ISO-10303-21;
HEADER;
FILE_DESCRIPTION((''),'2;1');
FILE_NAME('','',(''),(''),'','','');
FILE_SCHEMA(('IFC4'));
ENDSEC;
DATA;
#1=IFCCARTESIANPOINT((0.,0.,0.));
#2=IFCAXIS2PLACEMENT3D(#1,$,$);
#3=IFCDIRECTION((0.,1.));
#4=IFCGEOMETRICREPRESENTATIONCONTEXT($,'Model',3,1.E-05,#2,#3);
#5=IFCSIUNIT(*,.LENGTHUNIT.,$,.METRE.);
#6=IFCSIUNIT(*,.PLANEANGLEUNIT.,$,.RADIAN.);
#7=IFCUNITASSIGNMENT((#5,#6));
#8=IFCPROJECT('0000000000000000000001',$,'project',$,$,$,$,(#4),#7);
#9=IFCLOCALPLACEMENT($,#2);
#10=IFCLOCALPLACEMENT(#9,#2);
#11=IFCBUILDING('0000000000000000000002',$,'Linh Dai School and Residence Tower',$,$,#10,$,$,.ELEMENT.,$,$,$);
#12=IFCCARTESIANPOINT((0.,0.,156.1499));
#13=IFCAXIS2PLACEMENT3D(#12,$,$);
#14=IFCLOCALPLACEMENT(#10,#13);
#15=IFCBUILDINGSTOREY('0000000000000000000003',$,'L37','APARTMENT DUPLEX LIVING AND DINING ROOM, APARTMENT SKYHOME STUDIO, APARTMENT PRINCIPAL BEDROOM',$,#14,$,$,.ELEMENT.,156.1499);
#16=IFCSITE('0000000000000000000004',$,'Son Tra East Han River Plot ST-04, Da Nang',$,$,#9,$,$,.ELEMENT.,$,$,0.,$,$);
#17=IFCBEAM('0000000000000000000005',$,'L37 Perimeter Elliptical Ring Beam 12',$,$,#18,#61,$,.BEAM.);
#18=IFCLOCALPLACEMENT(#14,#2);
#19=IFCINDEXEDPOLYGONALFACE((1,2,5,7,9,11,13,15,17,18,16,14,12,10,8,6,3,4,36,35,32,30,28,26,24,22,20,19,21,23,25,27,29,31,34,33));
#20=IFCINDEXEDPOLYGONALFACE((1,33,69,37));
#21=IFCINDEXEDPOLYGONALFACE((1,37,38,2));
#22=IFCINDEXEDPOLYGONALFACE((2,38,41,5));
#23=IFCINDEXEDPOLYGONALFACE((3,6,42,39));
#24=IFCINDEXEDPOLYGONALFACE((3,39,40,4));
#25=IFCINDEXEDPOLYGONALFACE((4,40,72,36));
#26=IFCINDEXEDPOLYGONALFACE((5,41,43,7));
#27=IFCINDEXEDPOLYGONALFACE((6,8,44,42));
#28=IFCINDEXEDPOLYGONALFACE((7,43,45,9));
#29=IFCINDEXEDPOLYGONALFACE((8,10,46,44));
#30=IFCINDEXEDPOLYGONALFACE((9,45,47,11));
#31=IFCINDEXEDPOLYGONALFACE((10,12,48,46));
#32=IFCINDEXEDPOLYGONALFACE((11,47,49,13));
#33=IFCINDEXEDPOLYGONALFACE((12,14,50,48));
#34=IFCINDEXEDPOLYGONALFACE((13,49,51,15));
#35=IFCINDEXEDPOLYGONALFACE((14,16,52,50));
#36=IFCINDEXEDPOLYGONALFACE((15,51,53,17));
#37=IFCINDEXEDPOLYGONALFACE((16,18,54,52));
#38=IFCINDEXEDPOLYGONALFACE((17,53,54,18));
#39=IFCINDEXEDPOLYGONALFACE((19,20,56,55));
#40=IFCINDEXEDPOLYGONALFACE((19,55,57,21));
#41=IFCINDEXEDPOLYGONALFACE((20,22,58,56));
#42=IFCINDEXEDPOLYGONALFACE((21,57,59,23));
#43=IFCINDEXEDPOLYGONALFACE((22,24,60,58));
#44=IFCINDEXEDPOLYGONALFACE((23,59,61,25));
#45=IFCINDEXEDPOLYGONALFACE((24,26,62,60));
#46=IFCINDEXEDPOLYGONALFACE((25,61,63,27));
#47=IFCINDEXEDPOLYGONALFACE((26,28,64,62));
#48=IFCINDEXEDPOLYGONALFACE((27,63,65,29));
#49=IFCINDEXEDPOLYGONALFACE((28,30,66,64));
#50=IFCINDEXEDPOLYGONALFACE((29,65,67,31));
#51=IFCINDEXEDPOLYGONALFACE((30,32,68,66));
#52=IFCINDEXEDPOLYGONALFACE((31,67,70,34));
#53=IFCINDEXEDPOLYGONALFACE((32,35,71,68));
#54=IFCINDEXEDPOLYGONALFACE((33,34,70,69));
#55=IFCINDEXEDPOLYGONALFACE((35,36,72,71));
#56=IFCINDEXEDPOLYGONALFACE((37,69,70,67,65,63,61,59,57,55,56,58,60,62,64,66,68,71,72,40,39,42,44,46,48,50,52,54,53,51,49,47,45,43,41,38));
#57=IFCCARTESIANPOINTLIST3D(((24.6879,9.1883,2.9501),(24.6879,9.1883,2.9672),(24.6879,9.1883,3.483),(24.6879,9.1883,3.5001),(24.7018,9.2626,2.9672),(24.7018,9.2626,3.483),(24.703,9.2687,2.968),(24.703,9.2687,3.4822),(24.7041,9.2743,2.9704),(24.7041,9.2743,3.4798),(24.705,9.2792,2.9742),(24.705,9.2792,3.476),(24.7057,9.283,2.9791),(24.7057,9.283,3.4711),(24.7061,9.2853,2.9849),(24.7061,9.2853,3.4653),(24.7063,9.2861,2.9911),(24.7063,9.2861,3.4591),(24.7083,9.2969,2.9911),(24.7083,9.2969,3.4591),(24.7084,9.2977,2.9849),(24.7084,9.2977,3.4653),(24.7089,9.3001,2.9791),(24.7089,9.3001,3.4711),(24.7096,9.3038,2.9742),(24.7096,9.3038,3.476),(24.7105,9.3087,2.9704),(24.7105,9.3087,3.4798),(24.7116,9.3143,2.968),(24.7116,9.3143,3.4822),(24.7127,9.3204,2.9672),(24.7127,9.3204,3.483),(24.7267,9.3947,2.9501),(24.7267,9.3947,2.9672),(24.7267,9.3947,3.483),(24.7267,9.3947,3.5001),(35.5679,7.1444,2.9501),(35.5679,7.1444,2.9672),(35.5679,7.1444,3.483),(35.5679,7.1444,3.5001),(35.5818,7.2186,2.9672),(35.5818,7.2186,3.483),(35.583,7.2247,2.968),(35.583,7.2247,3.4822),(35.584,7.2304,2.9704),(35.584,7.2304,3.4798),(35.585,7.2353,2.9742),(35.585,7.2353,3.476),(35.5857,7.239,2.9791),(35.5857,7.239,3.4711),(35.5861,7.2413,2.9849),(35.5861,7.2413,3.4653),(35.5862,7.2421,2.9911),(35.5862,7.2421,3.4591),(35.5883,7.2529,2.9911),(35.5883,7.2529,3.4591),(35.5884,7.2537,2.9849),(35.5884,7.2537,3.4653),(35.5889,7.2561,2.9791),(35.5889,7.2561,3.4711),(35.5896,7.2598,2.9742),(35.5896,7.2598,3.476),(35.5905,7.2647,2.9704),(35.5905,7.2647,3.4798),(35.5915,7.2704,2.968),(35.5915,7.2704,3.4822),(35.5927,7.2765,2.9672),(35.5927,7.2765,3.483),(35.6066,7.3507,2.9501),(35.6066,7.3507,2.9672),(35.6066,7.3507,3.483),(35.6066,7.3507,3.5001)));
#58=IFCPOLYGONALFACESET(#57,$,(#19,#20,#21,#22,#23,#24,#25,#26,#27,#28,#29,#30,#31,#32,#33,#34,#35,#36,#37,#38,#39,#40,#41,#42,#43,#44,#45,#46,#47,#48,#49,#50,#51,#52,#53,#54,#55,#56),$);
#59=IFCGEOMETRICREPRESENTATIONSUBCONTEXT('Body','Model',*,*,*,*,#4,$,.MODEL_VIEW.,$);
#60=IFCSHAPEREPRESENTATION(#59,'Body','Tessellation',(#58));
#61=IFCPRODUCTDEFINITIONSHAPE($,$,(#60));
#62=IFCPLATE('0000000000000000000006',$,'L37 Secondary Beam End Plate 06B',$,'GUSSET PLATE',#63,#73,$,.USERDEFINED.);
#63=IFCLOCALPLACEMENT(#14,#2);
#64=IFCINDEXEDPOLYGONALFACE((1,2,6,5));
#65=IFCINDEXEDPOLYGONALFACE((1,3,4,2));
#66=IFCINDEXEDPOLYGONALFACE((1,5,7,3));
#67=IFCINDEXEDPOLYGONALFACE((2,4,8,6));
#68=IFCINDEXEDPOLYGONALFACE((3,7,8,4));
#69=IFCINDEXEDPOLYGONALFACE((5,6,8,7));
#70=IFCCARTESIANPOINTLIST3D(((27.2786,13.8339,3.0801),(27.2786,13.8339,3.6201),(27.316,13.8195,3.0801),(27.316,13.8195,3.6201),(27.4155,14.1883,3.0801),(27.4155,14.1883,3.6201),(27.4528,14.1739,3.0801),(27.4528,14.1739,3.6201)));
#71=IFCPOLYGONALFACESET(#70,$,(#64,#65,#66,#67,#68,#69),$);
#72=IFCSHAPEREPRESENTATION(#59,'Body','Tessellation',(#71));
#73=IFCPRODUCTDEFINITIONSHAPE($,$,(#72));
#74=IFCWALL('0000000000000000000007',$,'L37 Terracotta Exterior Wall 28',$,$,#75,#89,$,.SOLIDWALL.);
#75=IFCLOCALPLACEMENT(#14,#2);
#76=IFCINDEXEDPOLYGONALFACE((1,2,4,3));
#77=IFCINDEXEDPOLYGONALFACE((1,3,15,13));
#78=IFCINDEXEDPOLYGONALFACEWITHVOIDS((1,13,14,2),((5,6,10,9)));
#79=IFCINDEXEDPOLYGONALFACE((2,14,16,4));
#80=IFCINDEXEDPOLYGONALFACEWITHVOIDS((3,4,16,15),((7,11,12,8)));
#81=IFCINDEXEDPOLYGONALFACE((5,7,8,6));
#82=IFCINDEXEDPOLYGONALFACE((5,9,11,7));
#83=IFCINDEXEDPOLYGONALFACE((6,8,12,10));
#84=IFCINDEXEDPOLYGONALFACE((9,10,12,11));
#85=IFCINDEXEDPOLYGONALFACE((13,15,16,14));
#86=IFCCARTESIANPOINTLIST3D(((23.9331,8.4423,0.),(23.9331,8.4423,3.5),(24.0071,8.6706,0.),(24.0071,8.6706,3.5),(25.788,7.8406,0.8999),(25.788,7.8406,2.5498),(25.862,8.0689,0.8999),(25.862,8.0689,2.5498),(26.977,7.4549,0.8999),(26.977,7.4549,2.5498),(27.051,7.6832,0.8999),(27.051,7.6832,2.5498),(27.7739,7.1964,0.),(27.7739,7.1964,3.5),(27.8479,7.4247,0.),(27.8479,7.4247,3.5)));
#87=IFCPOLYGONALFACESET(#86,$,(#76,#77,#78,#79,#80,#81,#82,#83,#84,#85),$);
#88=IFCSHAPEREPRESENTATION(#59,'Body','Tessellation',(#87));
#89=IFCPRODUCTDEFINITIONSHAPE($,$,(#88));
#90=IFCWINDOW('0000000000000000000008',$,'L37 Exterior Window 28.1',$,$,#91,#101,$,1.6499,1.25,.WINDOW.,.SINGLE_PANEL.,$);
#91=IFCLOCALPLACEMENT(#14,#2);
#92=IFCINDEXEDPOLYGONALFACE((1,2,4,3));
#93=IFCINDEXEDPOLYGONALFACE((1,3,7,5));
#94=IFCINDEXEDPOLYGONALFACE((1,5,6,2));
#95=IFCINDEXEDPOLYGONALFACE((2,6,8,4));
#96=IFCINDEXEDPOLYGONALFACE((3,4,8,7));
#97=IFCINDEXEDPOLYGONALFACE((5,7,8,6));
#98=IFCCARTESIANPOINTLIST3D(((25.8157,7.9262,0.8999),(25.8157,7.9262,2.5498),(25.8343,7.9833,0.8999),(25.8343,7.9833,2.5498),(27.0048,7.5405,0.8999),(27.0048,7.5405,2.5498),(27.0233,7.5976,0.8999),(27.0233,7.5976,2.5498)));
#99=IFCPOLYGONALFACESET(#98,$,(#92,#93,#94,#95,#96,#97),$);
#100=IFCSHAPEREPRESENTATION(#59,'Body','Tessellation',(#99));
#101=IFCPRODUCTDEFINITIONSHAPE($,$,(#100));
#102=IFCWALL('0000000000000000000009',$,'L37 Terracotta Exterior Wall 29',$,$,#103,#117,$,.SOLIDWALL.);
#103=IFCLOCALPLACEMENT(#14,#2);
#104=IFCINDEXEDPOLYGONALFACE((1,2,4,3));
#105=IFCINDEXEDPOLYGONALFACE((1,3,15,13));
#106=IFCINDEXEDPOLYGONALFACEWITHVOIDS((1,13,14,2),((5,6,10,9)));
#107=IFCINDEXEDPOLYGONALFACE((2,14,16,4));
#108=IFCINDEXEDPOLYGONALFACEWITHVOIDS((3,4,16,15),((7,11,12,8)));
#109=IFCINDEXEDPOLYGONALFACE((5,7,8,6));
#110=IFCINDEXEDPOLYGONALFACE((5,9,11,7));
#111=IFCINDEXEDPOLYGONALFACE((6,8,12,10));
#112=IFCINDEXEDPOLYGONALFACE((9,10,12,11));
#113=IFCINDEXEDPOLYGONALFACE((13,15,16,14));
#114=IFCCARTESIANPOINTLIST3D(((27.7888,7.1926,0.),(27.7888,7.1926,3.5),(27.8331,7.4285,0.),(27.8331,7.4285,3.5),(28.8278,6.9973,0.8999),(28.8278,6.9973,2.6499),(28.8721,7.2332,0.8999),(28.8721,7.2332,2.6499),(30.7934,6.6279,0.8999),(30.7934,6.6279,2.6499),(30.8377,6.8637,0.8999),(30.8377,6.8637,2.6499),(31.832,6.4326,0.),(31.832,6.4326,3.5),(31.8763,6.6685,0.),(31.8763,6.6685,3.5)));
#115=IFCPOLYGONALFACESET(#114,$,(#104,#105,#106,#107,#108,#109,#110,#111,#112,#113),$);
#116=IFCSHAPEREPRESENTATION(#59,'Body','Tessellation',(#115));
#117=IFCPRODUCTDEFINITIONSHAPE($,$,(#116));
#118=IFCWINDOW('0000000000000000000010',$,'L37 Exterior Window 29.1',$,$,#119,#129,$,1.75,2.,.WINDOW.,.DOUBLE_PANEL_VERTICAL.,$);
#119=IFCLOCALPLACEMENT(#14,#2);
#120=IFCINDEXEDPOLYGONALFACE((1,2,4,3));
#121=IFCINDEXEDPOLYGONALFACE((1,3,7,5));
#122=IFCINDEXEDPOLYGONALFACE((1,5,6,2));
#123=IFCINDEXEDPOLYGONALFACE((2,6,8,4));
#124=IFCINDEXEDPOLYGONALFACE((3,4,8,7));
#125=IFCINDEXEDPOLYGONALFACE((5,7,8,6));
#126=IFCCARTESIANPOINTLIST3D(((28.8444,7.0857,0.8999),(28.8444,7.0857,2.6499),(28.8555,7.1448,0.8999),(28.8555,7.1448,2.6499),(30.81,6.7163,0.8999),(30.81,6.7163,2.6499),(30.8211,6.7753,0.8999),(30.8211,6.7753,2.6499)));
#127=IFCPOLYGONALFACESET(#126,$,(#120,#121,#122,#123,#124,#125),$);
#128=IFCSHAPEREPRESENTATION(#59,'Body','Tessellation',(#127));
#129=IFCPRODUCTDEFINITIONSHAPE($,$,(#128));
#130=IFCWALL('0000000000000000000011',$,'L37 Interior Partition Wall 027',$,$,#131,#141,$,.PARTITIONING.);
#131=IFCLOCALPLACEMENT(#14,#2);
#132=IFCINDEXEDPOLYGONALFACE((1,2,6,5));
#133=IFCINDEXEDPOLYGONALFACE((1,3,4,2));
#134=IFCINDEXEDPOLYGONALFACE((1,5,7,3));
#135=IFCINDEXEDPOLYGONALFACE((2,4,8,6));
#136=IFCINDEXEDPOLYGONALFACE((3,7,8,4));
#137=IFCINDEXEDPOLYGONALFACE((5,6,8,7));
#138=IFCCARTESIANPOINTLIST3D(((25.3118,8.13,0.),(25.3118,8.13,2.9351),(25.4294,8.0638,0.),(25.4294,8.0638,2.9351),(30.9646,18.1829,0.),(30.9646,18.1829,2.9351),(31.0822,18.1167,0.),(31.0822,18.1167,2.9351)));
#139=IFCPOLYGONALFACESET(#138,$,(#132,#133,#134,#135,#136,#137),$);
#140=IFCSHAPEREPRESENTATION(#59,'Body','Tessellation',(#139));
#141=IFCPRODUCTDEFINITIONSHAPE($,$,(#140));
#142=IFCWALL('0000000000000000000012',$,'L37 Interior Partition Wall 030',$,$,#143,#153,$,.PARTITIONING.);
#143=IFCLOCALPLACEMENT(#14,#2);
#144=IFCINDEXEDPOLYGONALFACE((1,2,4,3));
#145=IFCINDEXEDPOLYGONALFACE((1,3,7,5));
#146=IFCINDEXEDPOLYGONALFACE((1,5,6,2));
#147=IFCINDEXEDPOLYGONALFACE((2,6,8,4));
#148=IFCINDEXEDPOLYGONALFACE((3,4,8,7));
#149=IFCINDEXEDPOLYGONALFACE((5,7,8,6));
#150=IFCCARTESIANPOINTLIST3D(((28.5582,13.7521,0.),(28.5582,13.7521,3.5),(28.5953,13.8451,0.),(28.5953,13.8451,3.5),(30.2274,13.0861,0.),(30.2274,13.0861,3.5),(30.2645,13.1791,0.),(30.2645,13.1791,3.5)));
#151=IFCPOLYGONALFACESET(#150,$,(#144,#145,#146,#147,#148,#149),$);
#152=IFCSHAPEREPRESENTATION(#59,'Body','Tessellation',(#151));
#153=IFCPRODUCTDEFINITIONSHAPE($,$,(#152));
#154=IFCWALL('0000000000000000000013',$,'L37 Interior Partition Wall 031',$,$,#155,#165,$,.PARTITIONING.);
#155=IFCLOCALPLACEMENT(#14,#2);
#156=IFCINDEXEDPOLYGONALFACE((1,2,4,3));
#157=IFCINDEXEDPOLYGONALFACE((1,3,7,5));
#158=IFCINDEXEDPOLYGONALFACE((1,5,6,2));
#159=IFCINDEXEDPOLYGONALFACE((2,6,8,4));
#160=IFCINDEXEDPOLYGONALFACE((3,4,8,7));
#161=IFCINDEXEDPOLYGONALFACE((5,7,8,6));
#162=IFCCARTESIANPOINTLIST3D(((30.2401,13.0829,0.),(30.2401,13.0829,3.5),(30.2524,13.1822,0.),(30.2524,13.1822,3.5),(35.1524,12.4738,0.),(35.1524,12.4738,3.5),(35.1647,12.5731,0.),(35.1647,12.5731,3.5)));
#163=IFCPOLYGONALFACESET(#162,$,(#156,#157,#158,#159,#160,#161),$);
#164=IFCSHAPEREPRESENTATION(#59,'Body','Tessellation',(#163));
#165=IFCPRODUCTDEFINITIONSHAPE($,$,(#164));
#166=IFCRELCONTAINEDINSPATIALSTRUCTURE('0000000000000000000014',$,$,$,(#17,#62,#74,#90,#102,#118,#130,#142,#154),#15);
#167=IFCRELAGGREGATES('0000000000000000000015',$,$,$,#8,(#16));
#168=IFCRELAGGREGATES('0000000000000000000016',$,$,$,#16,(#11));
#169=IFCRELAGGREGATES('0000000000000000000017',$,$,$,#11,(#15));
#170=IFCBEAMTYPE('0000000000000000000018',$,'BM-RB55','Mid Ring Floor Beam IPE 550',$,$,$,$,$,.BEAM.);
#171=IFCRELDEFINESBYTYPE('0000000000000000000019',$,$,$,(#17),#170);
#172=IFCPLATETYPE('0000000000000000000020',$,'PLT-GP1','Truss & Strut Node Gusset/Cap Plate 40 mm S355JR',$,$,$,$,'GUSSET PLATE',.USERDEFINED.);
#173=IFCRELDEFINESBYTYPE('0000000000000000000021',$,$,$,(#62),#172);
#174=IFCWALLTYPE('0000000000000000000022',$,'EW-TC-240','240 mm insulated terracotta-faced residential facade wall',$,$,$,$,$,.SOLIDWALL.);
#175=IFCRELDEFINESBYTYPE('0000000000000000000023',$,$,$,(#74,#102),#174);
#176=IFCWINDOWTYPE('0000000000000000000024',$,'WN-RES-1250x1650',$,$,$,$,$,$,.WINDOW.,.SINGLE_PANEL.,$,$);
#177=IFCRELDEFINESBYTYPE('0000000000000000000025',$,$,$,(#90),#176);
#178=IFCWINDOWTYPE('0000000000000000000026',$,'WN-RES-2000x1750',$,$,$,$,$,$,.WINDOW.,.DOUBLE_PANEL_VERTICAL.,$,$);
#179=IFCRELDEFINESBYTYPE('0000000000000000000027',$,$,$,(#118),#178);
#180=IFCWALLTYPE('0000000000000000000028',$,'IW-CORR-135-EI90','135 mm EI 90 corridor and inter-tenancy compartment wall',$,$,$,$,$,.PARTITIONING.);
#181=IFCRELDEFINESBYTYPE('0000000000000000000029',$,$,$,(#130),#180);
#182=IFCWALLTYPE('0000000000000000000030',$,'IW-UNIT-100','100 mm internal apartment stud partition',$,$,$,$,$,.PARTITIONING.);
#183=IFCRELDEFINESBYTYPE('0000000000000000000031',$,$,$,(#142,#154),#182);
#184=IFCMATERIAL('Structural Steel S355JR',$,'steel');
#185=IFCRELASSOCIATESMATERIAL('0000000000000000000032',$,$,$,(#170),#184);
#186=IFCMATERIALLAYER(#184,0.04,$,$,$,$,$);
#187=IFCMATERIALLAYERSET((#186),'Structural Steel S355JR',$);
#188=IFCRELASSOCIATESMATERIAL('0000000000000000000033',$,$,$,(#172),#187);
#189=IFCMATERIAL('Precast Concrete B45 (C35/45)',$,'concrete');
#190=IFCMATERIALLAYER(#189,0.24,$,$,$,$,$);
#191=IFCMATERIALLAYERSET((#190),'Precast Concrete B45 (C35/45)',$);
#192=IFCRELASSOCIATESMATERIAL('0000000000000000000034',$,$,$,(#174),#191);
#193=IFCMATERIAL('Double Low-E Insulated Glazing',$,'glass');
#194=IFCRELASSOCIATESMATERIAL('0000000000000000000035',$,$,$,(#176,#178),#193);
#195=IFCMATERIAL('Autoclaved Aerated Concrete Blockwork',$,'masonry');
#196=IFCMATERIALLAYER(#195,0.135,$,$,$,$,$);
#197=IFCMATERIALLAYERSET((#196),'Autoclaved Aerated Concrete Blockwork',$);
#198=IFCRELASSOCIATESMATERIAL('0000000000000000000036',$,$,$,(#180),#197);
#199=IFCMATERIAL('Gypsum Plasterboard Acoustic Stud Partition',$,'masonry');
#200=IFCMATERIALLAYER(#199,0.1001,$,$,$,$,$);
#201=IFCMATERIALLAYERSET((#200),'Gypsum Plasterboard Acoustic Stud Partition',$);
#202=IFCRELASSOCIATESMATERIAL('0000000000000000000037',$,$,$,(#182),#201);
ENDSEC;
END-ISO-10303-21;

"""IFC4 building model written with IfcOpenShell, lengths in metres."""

from ifc_helpers import new_model, si_unit, direction, frame, frame_2d, origin, origin_2d, place, context, subcontext, project, spatial, rectangle, i_section, extrude, source, transform, mapped, material, layer, layer_set, material_profile, profile_set, type_object, element, fill, save


model = new_model("IFC4")

# Units and contexts
model_context = context("Model", 3, precision=1e-05, world=origin(), true_north=direction((0.0, 1.0)))
body_context = subcontext(model_context, "Body", "Model", "MODEL_VIEW")
ifc_project = project(units=[si_unit("LENGTHUNIT", "METRE"), si_unit("PLANEANGLEUNIT", "RADIAN")], contexts=[model_context])

# Site, building, storey
site_placement = place(None, origin())
site = spatial("IfcSite", under=ifc_project, at=site_placement, Name="Son Tra East Han River Plot ST-04, Da Nang", CompositionType="ELEMENT", RefElevation=0.0)
building_placement = place(site_placement, origin())
building = spatial("IfcBuilding", under=site, at=building_placement, Name="Linh Dai School and Residence Tower", CompositionType="ELEMENT")
storey_placement = place(building_placement, frame((0.0, 0.0, 156.1499)))
storey = spatial("IfcBuildingStorey", under=building, at=storey_placement, Name="L37", Description="APARTMENT DUPLEX LIVING AND DINING ROOM, APARTMENT SKYHOME STUDIO, APARTMENT PRINCIPAL BEDROOM", CompositionType="ELEMENT", Elevation=156.1499)

# Beam
ifc_material_1 = material(Name="Structural Steel S355JR", Category="steel")
ifc_material_profile = material_profile(ifc_material_1, i_section(OverallWidth=0.21, OverallDepth=0.55, WebThickness=0.011, FlangeThickness=0.0171, FilletRadius=0.0239, at=origin_2d()), Name="IPE 550")
ifc_profile_set = profile_set([ifc_material_profile], Name="Structural Steel S355JR")
beam_type = type_object("IfcBeamType", Name="BM-RB55", Description="Mid Ring Floor Beam IPE 550", PredefinedType="BEAM", material=ifc_profile_set)
beam_placement = place(storey_placement, frame((24.7073, 9.2915, 3.2251), z_axis=(0.982807, -0.184635, 0.0), x_axis=(0.184635, 0.982807, 0.0)))
element("IfcBeam", 1, at=beam_placement, inside=storey, type_object=beam_type, Name="L37 Perimeter Elliptical Ring Beam 12", PredefinedType="BEAM", context=body_context, shape_type="SweptSolid", body=[
    extrude(i_section(OverallWidth=0.21, OverallDepth=0.55, WebThickness=0.011, FlangeThickness=0.0171, FilletRadius=0.0239, at=origin_2d()), origin(), (0.0, 0.0, 1.0), 11.0703),
])

# Plate
ifc_layer_1 = layer(ifc_material_1, 0.04)
ifc_layer_set_1 = layer_set([ifc_layer_1], Name="Structural Steel S355JR")
plate_type = type_object("IfcPlateType", Name="PLT-GP1", Description="Truss & Strut Node Gusset/Cap Plate 40 mm S355JR", ElementType="GUSSET PLATE", PredefinedType="USERDEFINED", material=ifc_layer_set_1)
shared_shape_1 = source(origin(), body_context, "Body", "SweptSolid", [
    extrude(rectangle(XDim=0.04, YDim=0.3799, at=origin_2d()), origin(), (0.0, 0.0, 1.0), 0.54),
])
plate_placement = place(storey_placement, frame((27.3657, 14.0039, 3.0801), z_axis=(0.0, 0.0, 1.0), x_axis=(0.932823, -0.360335, 0.0)))
element("IfcPlate", 2, at=plate_placement, inside=storey, type_object=plate_type, Name="L37 Secondary Beam End Plate 06B", ObjectType="GUSSET PLATE", PredefinedType="USERDEFINED", context=body_context, shape_type="MappedRepresentation", body=[
    mapped(shared_shape_1, transform((0.0, 0.0, 0.0), x_axis=(1.0, 0.0, 0.0), y_axis=(0.0, 1.0, 0.0), z_axis=(0.0, 0.0, 1.0), scale=1.0)),
])

# Walls, openings, windows
ifc_material_2 = material(Name="Precast Concrete B45 (C35/45)", Category="concrete")
ifc_layer_2 = layer(ifc_material_2, 0.24)
ifc_layer_set_2 = layer_set([ifc_layer_2], Name="Precast Concrete B45 (C35/45)")
wall_type_1 = type_object("IfcWallType", Name="EW-TC-240", Description="240 mm insulated terracotta-faced residential facade wall", PredefinedType="SOLIDWALL", material=ifc_layer_set_2)
wall_1_placement = place(storey_placement, frame((27.811, 7.3105, 0.0), z_axis=(0.0, 0.0, 1.0), x_axis=(-0.95121, 0.308545, 0.0)))
wall_1 = element("IfcWall", 3, at=wall_1_placement, inside=storey, type_object=wall_type_1, Name="L37 Terracotta Exterior Wall 28", PredefinedType="SOLIDWALL", context=body_context, shape_type="SweptSolid", body=[
    extrude(rectangle(XDim=4.0378, YDim=0.24, at=frame_2d((2.019, 0.0))), origin(), (0.0, 0.0, 1.0), 3.5),
])
opening_1_placement = place(wall_1_placement, frame((0.8379, 0.0, 0.8999)))
opening_1 = element("IfcOpeningElement", 4, at=opening_1_placement, cuts=wall_1, PredefinedType="OPENING", context=body_context, shape_type="SweptSolid", body=[
    extrude(rectangle(XDim=1.25, YDim=1.6499, at=origin_2d()), frame((0.625, 0.1299, 0.825), z_axis=(0.0, -1.0, 0.0), x_axis=(1.0, 0.0, 0.0)), (0.0, 0.0, 1.0), 0.26),
])
ifc_material_3 = material(Name="Double Low-E Insulated Glazing", Category="glass")
window_type_1 = type_object("IfcWindowType", Name="WN-RES-1250x1650", PartitioningType="SINGLE_PANEL", PredefinedType="WINDOW", material=ifc_material_3)
shared_shape_2 = source(origin(), body_context, "Body", "SweptSolid", [
    extrude(rectangle(XDim=1.25, YDim=1.6499, at=origin_2d()), frame((0.625, 0.03, 0.825), z_axis=(0.0, -1.0, 0.0), x_axis=(1.0, 0.0, 0.0)), (0.0, 0.0, 1.0), 0.0601),
])
window_1_placement = place(opening_1_placement, origin())
window_1 = element("IfcWindow", 5, at=window_1_placement, inside=storey, type_object=window_type_1, Name="L37 Exterior Window 28.1", OverallHeight=1.6499, OverallWidth=1.25, PartitioningType="SINGLE_PANEL", PredefinedType="WINDOW", context=body_context, shape_type="MappedRepresentation", body=[
    mapped(shared_shape_2, transform((0.0, 0.0, 0.0), x_axis=(1.0, 0.0, 0.0), y_axis=(0.0, 1.0, 0.0), z_axis=(0.0, 0.0, 1.0), scale=1.0)),
])
fill(opening_1, window_1)
wall_2_placement = place(storey_placement, frame((31.8542, 6.5505, 0.0), z_axis=(0.0, 0.0, 1.0), x_axis=(-0.982788, 0.184736, 0.0)))
wall_2 = element("IfcWall", 6, at=wall_2_placement, inside=storey, type_object=wall_type_1, Name="L37 Terracotta Exterior Wall 29", PredefinedType="SOLIDWALL", context=body_context, shape_type="SweptSolid", body=[
    extrude(rectangle(XDim=4.114, YDim=0.24, at=frame_2d((2.0571, 0.0))), origin(), (0.0, 0.0, 1.0), 3.5),
])
opening_2_placement = place(wall_2_placement, frame((1.0569, 0.0, 0.8999)))
opening_2 = element("IfcOpeningElement", 7, at=opening_2_placement, cuts=wall_2, PredefinedType="OPENING", context=body_context, shape_type="SweptSolid", body=[
    extrude(rectangle(XDim=2.0, YDim=1.75, at=origin_2d()), frame((1.0, 0.1299, 0.875), z_axis=(0.0, -1.0, 0.0), x_axis=(1.0, 0.0, 0.0)), (0.0, 0.0, 1.0), 0.26),
])
window_type_2 = type_object("IfcWindowType", Name="WN-RES-2000x1750", PartitioningType="DOUBLE_PANEL_VERTICAL", PredefinedType="WINDOW", material=ifc_material_3)
shared_shape_3 = source(origin(), body_context, "Body", "SweptSolid", [
    extrude(rectangle(XDim=2.0, YDim=1.75, at=origin_2d()), frame((1.0, 0.03, 0.875), z_axis=(0.0, -1.0, 0.0), x_axis=(1.0, 0.0, 0.0)), (0.0, 0.0, 1.0), 0.0601),
])
window_2_placement = place(opening_2_placement, origin())
window_2 = element("IfcWindow", 8, at=window_2_placement, inside=storey, type_object=window_type_2, Name="L37 Exterior Window 29.1", OverallHeight=1.75, OverallWidth=2.0, PartitioningType="DOUBLE_PANEL_VERTICAL", PredefinedType="WINDOW", context=body_context, shape_type="MappedRepresentation", body=[
    mapped(shared_shape_3, transform((0.0, 0.0, 0.0), x_axis=(1.0, 0.0, 0.0), y_axis=(0.0, 1.0, 0.0), z_axis=(0.0, 0.0, 1.0), scale=1.0)),
])
fill(opening_2, window_2)

# Walls
ifc_material_4 = material(Name="Autoclaved Aerated Concrete Blockwork", Category="masonry")
ifc_layer_3 = layer(ifc_material_4, 0.135)
ifc_layer_set_3 = layer_set([ifc_layer_3], Name="Autoclaved Aerated Concrete Blockwork")
wall_type_2 = type_object("IfcWallType", Name="IW-CORR-135-EI90", Description="135 mm EI 90 corridor and inter-tenancy compartment wall", PredefinedType="PARTITIONING", material=ifc_layer_set_3)
wall_3_placement = place(storey_placement, frame((25.3706, 8.0969, 0.0), z_axis=(0.0, 0.0, 1.0), x_axis=(0.490132, 0.871648, 0.0)))
element("IfcWall", 9, at=wall_3_placement, inside=storey, type_object=wall_type_2, Name="L37 Interior Partition Wall 027", PredefinedType="PARTITIONING", context=body_context, shape_type="SweptSolid", body=[
    extrude(rectangle(XDim=11.5332, YDim=0.135, at=frame_2d((5.7666, 0.0))), origin(), (0.0, 0.0, 1.0), 2.9351),
])
ifc_material_5 = material(Name="Gypsum Plasterboard Acoustic Stud Partition", Category="masonry")
ifc_layer_4 = layer(ifc_material_5, 0.1001)
ifc_layer_set_4 = layer_set([ifc_layer_4], Name="Gypsum Plasterboard Acoustic Stud Partition")
wall_type_3 = type_object("IfcWallType", Name="IW-UNIT-100", Description="100 mm internal apartment stud partition", PredefinedType="PARTITIONING", material=ifc_layer_set_4)
wall_4_placement = place(storey_placement, frame((28.5769, 13.7986, 0.0), z_axis=(0.0, 0.0, 1.0), x_axis=(0.928795, -0.370594, 0.0)))
element("IfcWall", 10, at=wall_4_placement, inside=storey, type_object=wall_type_3, Name="L37 Interior Partition Wall 030", PredefinedType="PARTITIONING", context=body_context, shape_type="SweptSolid", body=[
    extrude(rectangle(XDim=1.7971, YDim=0.1001, at=frame_2d((0.8984, 0.0))), origin(), (0.0, 0.0, 1.0), 3.5),
])
wall_5_placement = place(storey_placement, frame((30.2461, 13.1326, 0.0), z_axis=(0.0, 0.0, 1.0), x_axis=(0.9924, -0.123057, 0.0)))
element("IfcWall", 11, at=wall_5_placement, inside=storey, type_object=wall_type_3, Name="L37 Interior Partition Wall 031", PredefinedType="PARTITIONING", context=body_context, shape_type="SweptSolid", body=[
    extrude(rectangle(XDim=4.95, YDim=0.1001, at=frame_2d((2.4751, 0.0))), origin(), (0.0, 0.0, 1.0), 3.5),
])

save(model, "model.ifc")
